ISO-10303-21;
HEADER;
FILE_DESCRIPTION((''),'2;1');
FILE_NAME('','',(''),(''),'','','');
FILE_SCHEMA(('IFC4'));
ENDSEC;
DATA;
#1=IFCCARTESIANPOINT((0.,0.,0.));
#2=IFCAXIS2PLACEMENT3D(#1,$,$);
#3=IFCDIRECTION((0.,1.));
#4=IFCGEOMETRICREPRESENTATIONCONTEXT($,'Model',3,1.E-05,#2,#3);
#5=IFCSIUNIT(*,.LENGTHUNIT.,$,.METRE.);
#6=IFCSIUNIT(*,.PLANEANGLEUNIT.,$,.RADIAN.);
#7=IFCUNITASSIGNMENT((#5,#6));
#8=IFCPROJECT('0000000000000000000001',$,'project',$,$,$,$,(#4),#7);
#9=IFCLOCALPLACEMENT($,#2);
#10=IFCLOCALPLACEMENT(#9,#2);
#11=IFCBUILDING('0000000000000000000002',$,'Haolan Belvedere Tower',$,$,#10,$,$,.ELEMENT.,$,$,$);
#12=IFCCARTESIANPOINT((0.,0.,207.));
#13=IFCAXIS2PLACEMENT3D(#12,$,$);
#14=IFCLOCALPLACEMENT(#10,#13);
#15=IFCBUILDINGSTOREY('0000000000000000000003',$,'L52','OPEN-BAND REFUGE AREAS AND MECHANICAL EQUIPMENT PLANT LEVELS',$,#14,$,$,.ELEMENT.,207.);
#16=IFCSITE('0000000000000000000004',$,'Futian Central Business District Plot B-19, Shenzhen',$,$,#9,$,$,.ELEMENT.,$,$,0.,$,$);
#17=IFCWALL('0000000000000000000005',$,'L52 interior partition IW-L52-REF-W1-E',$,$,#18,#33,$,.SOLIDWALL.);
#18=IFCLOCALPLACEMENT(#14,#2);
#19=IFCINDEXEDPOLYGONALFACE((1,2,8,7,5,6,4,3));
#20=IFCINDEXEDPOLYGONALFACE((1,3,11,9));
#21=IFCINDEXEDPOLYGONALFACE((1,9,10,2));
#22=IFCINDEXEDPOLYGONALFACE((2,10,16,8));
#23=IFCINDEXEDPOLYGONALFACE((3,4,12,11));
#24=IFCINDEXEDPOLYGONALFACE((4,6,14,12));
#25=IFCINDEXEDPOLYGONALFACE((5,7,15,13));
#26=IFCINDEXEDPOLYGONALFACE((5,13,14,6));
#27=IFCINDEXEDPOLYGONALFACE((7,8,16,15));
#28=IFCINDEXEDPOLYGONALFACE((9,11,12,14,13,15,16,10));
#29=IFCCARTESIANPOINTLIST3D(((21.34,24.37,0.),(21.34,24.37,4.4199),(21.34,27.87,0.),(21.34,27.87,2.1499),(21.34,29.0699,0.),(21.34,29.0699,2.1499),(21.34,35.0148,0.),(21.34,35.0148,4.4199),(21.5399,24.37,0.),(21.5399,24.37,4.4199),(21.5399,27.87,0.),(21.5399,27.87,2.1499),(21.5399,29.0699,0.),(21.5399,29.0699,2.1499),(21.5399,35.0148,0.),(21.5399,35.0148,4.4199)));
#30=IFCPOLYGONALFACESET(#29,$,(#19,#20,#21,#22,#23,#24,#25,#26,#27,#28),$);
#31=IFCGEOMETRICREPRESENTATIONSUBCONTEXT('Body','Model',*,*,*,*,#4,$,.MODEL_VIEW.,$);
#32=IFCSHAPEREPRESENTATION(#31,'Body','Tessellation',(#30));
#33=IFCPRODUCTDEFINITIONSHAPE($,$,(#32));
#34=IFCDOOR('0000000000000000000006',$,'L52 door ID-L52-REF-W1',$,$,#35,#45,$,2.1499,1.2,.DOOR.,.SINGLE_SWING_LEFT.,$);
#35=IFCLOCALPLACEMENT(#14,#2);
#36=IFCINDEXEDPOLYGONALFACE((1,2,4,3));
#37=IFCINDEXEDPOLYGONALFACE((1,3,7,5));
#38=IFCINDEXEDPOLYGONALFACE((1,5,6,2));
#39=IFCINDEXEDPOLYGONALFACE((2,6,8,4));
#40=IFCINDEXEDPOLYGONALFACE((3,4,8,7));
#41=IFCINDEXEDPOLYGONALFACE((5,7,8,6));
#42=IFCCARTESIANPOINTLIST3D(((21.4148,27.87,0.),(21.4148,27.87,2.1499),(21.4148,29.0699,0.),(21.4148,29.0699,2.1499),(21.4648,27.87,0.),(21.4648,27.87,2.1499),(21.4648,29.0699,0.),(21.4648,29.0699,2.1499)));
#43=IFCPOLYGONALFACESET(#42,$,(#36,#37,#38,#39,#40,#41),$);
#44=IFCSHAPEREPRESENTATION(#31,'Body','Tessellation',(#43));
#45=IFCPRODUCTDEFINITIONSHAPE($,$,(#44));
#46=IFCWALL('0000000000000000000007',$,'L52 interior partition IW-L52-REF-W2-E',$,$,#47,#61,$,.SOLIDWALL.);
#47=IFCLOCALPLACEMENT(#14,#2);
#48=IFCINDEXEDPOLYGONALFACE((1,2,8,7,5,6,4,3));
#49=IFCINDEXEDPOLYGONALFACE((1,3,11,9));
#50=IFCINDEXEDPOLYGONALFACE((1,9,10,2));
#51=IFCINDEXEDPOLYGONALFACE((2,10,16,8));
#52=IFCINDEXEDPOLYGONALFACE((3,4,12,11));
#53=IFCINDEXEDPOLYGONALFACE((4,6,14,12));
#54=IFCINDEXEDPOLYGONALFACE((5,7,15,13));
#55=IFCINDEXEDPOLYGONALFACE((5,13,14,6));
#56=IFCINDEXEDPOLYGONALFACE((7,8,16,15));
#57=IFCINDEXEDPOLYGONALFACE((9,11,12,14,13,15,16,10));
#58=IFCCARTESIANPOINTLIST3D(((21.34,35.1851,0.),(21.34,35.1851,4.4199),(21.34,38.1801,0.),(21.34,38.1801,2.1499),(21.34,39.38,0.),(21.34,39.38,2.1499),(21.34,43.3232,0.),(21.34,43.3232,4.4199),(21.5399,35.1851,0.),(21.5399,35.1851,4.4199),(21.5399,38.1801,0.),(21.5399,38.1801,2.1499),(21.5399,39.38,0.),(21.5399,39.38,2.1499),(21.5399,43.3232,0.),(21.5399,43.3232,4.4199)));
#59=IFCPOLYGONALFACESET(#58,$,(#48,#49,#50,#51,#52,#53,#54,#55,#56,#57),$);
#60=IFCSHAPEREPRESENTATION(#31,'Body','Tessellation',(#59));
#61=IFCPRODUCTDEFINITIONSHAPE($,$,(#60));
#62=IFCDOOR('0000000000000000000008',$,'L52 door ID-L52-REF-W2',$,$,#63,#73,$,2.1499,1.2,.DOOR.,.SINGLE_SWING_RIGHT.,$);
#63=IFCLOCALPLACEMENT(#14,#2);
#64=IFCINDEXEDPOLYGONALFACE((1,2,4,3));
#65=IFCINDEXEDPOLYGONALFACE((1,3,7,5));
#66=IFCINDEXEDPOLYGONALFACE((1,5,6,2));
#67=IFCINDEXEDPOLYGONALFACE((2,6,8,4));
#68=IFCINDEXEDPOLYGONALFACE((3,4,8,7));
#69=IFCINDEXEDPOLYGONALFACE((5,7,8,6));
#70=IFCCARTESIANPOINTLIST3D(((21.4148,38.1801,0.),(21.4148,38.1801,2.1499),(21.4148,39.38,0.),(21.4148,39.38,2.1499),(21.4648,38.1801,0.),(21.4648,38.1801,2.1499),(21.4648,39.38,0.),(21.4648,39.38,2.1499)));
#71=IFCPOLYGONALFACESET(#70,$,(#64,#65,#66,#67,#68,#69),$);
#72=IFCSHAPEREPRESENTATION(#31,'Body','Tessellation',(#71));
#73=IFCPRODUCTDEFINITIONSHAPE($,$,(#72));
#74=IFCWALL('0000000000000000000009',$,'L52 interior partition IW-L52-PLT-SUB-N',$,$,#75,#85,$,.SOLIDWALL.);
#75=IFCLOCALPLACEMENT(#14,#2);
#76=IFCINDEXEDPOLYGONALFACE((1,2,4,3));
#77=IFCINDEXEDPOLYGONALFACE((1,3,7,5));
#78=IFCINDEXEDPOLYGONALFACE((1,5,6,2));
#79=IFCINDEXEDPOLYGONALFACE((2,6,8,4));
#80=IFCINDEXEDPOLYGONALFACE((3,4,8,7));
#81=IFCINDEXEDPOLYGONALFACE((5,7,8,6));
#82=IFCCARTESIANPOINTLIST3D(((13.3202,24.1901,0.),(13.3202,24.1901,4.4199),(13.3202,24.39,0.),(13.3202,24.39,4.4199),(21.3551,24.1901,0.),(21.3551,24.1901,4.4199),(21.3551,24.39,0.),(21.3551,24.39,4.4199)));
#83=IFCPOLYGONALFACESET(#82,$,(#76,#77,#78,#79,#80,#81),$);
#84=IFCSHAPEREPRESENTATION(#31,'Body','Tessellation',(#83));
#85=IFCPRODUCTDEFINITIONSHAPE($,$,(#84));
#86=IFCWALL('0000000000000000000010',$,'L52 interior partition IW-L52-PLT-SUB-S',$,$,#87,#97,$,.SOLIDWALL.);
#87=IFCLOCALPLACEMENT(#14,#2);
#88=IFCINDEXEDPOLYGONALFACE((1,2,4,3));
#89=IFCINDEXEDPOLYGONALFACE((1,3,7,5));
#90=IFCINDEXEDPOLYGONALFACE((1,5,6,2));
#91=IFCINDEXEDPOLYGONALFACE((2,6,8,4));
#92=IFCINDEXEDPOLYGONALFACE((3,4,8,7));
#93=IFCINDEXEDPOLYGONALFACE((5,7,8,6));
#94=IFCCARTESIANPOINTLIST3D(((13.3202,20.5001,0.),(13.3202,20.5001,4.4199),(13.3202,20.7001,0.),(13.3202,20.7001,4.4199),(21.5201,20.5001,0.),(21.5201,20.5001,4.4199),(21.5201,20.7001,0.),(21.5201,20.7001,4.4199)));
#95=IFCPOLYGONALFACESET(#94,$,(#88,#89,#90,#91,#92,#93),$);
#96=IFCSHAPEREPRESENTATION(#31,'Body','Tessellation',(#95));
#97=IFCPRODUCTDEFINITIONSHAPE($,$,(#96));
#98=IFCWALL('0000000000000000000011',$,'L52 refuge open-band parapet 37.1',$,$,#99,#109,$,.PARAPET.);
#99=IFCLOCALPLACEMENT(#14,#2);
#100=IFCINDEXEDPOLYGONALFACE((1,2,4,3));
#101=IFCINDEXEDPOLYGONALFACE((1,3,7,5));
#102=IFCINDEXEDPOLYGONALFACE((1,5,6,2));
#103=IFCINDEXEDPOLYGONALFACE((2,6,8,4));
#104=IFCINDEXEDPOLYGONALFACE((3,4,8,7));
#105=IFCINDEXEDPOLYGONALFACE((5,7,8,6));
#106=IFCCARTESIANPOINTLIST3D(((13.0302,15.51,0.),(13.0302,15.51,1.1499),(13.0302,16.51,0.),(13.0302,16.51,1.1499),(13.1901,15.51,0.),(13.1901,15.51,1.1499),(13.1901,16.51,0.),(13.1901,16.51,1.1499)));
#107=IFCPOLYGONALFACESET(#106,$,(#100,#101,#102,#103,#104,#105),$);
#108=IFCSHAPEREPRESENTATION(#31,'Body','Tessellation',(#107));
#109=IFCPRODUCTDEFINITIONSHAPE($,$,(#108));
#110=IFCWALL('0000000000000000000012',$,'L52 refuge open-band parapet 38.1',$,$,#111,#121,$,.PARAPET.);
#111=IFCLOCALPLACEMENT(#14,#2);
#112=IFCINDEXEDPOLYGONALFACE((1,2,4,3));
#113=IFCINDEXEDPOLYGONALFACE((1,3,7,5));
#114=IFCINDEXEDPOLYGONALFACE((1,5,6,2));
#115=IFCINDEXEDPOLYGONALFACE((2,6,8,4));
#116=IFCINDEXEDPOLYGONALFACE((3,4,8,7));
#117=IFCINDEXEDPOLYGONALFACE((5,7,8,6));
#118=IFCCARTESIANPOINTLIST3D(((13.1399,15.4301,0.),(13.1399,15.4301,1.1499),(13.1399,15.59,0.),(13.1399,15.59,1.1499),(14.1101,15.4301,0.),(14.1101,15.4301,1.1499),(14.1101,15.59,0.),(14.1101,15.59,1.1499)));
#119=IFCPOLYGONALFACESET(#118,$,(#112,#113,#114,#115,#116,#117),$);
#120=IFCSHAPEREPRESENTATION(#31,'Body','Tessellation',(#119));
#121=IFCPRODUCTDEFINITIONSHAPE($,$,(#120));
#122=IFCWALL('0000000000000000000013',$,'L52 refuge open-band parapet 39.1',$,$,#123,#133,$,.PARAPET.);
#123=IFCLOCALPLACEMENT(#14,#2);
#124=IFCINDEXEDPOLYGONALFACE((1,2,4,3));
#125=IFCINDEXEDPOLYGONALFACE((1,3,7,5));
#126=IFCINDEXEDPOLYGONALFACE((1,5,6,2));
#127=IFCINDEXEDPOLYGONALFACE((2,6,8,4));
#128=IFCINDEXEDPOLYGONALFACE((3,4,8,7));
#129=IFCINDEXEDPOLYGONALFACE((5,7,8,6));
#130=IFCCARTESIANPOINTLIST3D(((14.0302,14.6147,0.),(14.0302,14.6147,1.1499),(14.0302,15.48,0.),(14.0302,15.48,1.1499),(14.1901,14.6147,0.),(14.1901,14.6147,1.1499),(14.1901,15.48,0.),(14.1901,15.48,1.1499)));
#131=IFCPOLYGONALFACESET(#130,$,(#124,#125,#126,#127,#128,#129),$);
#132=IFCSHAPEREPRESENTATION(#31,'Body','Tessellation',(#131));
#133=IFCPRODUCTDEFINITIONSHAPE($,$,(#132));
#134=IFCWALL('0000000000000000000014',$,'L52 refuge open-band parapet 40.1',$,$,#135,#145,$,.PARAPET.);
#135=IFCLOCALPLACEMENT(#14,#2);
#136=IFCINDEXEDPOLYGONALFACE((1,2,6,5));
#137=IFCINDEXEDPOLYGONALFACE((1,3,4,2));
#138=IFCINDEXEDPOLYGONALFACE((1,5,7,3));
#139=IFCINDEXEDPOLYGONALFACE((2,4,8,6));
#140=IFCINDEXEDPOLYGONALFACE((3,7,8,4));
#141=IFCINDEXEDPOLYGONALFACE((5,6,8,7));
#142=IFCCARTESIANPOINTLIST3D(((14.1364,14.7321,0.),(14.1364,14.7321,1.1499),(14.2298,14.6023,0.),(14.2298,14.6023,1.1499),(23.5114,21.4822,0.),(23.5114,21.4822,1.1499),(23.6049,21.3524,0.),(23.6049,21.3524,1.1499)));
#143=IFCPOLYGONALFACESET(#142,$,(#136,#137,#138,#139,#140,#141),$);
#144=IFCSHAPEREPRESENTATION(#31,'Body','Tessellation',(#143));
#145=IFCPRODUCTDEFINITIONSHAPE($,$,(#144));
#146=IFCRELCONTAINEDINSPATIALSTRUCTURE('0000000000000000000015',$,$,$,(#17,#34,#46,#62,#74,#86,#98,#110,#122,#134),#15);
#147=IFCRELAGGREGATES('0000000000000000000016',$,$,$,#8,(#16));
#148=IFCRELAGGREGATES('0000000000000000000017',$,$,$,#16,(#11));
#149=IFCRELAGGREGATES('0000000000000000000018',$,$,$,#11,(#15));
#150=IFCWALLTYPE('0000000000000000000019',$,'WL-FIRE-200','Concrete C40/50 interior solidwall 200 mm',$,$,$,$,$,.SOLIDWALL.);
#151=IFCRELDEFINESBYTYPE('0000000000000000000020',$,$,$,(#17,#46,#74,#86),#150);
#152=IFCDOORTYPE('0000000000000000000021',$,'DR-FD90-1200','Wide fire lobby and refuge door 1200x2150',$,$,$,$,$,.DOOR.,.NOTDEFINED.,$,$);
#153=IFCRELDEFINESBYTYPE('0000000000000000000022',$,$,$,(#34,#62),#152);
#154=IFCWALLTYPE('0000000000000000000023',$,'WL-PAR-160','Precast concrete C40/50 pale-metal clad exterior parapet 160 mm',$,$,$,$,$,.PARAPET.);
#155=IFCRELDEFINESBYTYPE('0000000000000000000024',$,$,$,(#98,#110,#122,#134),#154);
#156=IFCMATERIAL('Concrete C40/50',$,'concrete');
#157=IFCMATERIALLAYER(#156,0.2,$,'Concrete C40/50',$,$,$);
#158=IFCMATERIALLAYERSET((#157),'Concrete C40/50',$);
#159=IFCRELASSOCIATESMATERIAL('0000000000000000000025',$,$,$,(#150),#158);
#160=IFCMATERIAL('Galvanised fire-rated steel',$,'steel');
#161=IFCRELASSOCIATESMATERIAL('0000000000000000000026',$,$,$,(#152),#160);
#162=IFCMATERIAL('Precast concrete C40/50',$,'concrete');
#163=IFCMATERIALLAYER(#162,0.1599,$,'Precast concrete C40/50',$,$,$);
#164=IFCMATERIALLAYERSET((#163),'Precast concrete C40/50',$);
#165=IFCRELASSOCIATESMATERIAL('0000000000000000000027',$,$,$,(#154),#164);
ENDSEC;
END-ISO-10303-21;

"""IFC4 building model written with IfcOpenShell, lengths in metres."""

from ifc_helpers import new_model, si_unit, direction, frame, frame_2d, origin, place, context, subcontext, project, spatial, rectangle, extrude, material, layer, layer_set, type_object, element, fill, save


model = new_model("IFC4")

# Units and contexts
model_context = context("Model", 3, precision=1e-05, world=origin(), true_north=direction((0.0, 1.0)))
body_context = subcontext(model_context, "Body", "Model", "MODEL_VIEW")
ifc_project = project(units=[si_unit("LENGTHUNIT", "METRE"), si_unit("PLANEANGLEUNIT", "RADIAN")], contexts=[model_context])

# Site, building, storey
site_placement = place(None, origin())
site = spatial("IfcSite", under=ifc_project, at=site_placement, Name="Futian Central Business District Plot B-19, Shenzhen", CompositionType="ELEMENT", RefElevation=0.0)
building_placement = place(site_placement, origin())
building = spatial("IfcBuilding", under=site, at=building_placement, Name="Haolan Belvedere Tower", CompositionType="ELEMENT")
storey_placement = place(building_placement, frame((0.0, 0.0, 207.0)))
storey = spatial("IfcBuildingStorey", under=building, at=storey_placement, Name="L52", Description="OPEN-BAND REFUGE AREAS AND MECHANICAL EQUIPMENT PLANT LEVELS", CompositionType="ELEMENT", Elevation=207.0)

# Shared definitions
ifc_material_1 = material(Name="Concrete C40/50", Category="concrete")

# Shared definitions
ifc_layer_1 = layer(ifc_material_1, 0.2, Name="Concrete C40/50")
ifc_layer_set_1 = layer_set([ifc_layer_1], Name="Concrete C40/50")
wall_type_1 = type_object("IfcWallType", Name="WL-FIRE-200", Description="Concrete C40/50 interior solidwall 200 mm", PredefinedType="SOLIDWALL", material=ifc_layer_set_1)

# Walls, openings, doors
wall_1_placement = place(storey_placement, frame((21.4399, 24.3701, 0.0), z_axis=(0.0, 0.0, 1.0), x_axis=(0.0, 1.0, 0.0)))
wall_1 = element("IfcWall", 1, at=wall_1_placement, inside=storey, type_object=wall_type_1, Name="L52 interior partition IW-L52-REF-W1-E", PredefinedType="SOLIDWALL", context=body_context, shape_type="SweptSolid", body=[
    extrude(rectangle(XDim=10.6448, YDim=0.2, at=frame_2d((5.3223, 0.0))), origin(), (0.0, 0.0, 1.0), 4.4199),
])
opening_1_placement = place(wall_1_placement, frame((4.7, 0.0, 0.0), z_axis=(0.0, 0.0, 1.0), x_axis=(-1.0, 0.0, 0.0)))
opening_1 = element("IfcOpeningElement", 2, at=opening_1_placement, cuts=wall_1, PredefinedType="OPENING", context=body_context, shape_type="SweptSolid", body=[
    extrude(rectangle(XDim=1.2, YDim=2.1499, at=frame_2d((0.6001, 1.075))), frame((0.0, 0.1099, 0.0), z_axis=(0.0, -1.0, 0.0), x_axis=(1.0, 0.0, 0.0)), (0.0, 0.0, 1.0), 0.22),
])
ifc_material_2 = material(Name="Galvanised fire-rated steel", Category="steel")
door_type_1 = type_object("IfcDoorType", Name="DR-FD90-1200", Description="Wide fire lobby and refuge door 1200x2150", OperationType="NOTDEFINED", PredefinedType="DOOR", material=ifc_material_2)
door_1_placement = place(opening_1_placement, origin())
door_1 = element("IfcDoor", 3, at=door_1_placement, inside=storey, type_object=door_type_1, Name="L52 door ID-L52-REF-W1", OperationType="SINGLE_SWING_LEFT", OverallHeight=2.1499, OverallWidth=1.2, PredefinedType="DOOR", context=body_context, shape_type="SweptSolid", body=[
    extrude(rectangle(XDim=1.2, YDim=2.1499, at=frame_2d((0.6001, 1.075))), frame((0.0, 0.0249, 0.0), z_axis=(0.0, -1.0, 0.0), x_axis=(1.0, 0.0, 0.0)), (0.0, 0.0, 1.0), 0.05),
])
fill(opening_1, door_1)
wall_2_placement = place(storey_placement, frame((21.4399, 35.1851, 0.0), z_axis=(0.0, 0.0, 1.0), x_axis=(0.0, 1.0, 0.0)))
wall_2 = element("IfcWall", 4, at=wall_2_placement, inside=storey, type_object=wall_type_1, Name="L52 interior partition IW-L52-REF-W2-E", PredefinedType="SOLIDWALL", context=body_context, shape_type="SweptSolid", body=[
    extrude(rectangle(XDim=8.1382, YDim=0.2, at=frame_2d((4.0691, 0.0))), origin(), (0.0, 0.0, 1.0), 4.4199),
])
opening_2_placement = place(wall_2_placement, frame((4.1951, 0.0, 0.0), z_axis=(0.0, 0.0, 1.0), x_axis=(-1.0, 0.0, 0.0)))
opening_2 = element("IfcOpeningElement", 5, at=opening_2_placement, cuts=wall_2, PredefinedType="OPENING", context=body_context, shape_type="SweptSolid", body=[
    extrude(rectangle(XDim=1.2, YDim=2.1499, at=frame_2d((0.6001, 1.075))), frame((0.0, 0.1099, 0.0), z_axis=(0.0, -1.0, 0.0), x_axis=(1.0, 0.0, 0.0)), (0.0, 0.0, 1.0), 0.22),
])
door_2_placement = place(opening_2_placement, origin())
door_2 = element("IfcDoor", 6, at=door_2_placement, inside=storey, type_object=door_type_1, Name="L52 door ID-L52-REF-W2", OperationType="SINGLE_SWING_RIGHT", OverallHeight=2.1499, OverallWidth=1.2, PredefinedType="DOOR", context=body_context, shape_type="SweptSolid", body=[
    extrude(rectangle(XDim=1.2, YDim=2.1499, at=frame_2d((0.6001, 1.075))), frame((0.0, 0.0249, 0.0), z_axis=(0.0, -1.0, 0.0), x_axis=(1.0, 0.0, 0.0)), (0.0, 0.0, 1.0), 0.05),
])
fill(opening_2, door_2)

# Walls
wall_3_placement = place(storey_placement, frame((13.3201, 24.29, 0.0), z_axis=(0.0, 0.0, 1.0), x_axis=(1.0, 0.0, 0.0)))
element("IfcWall", 7, at=wall_3_placement, inside=storey, type_object=wall_type_1, Name="L52 interior partition IW-L52-PLT-SUB-N", PredefinedType="SOLIDWALL", context=body_context, shape_type="SweptSolid", body=[
    extrude(rectangle(XDim=8.0349, YDim=0.2, at=frame_2d((4.0176, 0.0))), origin(), (0.0, 0.0, 1.0), 4.4199),
])
wall_4_placement = place(storey_placement, frame((13.3201, 20.6001, 0.0), z_axis=(0.0, 0.0, 1.0), x_axis=(1.0, 0.0, 0.0)))
element("IfcWall", 8, at=wall_4_placement, inside=storey, type_object=wall_type_1, Name="L52 interior partition IW-L52-PLT-SUB-S", PredefinedType="SOLIDWALL", context=body_context, shape_type="SweptSolid", body=[
    extrude(rectangle(XDim=8.2, YDim=0.2, at=frame_2d((4.1001, 0.0))), origin(), (0.0, 0.0, 1.0), 4.4199),
])

# Walls
ifc_material_3 = material(Name="Precast concrete C40/50", Category="concrete")
ifc_layer_2 = layer(ifc_material_3, 0.1599, Name="Precast concrete C40/50")
ifc_layer_set_2 = layer_set([ifc_layer_2], Name="Precast concrete C40/50")
wall_type_2 = type_object("IfcWallType", Name="WL-PAR-160", Description="Precast concrete C40/50 pale-metal clad exterior parapet 160 mm", PredefinedType="PARAPET", material=ifc_layer_set_2)
wall_5_placement = place(storey_placement, frame((13.1101, 16.51, 0.0), z_axis=(0.0, 0.0, 1.0), x_axis=(0.0, -1.0, 0.0)))
element("IfcWall", 9, at=wall_5_placement, inside=storey, type_object=wall_type_2, Name="L52 refuge open-band parapet 37.1", PredefinedType="PARAPET", context=body_context, shape_type="SweptSolid", body=[
    extrude(rectangle(XDim=1.0, YDim=0.1599, at=frame_2d((0.5, 0.0))), origin(), (0.0, 0.0, 1.0), 1.1499),
])
wall_6_placement = place(storey_placement, frame((13.1399, 15.51, 0.0), z_axis=(0.0, 0.0, 1.0), x_axis=(1.0, 0.0, 0.0)))
element("IfcWall", 10, at=wall_6_placement, inside=storey, type_object=wall_type_2, Name="L52 refuge open-band parapet 38.1", PredefinedType="PARAPET", context=body_context, shape_type="SweptSolid", body=[
    extrude(rectangle(XDim=0.9702, YDim=0.1599, at=frame_2d((0.4851, 0.0))), origin(), (0.0, 0.0, 1.0), 1.1499),
])
wall_7_placement = place(storey_placement, frame((14.1101, 15.48, 0.0), z_axis=(0.0, 0.0, 1.0), x_axis=(0.0, -1.0, 0.0)))
element("IfcWall", 11, at=wall_7_placement, inside=storey, type_object=wall_type_2, Name="L52 refuge open-band parapet 39.1", PredefinedType="PARAPET", context=body_context, shape_type="SweptSolid", body=[
    extrude(rectangle(XDim=0.8652, YDim=0.1599, at=frame_2d((0.4326, 0.0))), origin(), (0.0, 0.0, 1.0), 1.1499),
])
wall_8_placement = place(storey_placement, frame((14.1831, 14.6672, 0.0), z_axis=(0.0, 0.0, 1.0), x_axis=(0.811534, 0.584305, 0.0)))
element("IfcWall", 12, at=wall_8_placement, inside=storey, type_object=wall_type_2, Name="L52 refuge open-band parapet 40.1", PredefinedType="PARAPET", context=body_context, shape_type="SweptSolid", body=[
    extrude(rectangle(XDim=11.5522, YDim=0.1599, at=frame_2d((5.7761, 0.0))), origin(), (0.0, 0.0, 1.0), 1.1499),
])

save(model, "model.ifc")
